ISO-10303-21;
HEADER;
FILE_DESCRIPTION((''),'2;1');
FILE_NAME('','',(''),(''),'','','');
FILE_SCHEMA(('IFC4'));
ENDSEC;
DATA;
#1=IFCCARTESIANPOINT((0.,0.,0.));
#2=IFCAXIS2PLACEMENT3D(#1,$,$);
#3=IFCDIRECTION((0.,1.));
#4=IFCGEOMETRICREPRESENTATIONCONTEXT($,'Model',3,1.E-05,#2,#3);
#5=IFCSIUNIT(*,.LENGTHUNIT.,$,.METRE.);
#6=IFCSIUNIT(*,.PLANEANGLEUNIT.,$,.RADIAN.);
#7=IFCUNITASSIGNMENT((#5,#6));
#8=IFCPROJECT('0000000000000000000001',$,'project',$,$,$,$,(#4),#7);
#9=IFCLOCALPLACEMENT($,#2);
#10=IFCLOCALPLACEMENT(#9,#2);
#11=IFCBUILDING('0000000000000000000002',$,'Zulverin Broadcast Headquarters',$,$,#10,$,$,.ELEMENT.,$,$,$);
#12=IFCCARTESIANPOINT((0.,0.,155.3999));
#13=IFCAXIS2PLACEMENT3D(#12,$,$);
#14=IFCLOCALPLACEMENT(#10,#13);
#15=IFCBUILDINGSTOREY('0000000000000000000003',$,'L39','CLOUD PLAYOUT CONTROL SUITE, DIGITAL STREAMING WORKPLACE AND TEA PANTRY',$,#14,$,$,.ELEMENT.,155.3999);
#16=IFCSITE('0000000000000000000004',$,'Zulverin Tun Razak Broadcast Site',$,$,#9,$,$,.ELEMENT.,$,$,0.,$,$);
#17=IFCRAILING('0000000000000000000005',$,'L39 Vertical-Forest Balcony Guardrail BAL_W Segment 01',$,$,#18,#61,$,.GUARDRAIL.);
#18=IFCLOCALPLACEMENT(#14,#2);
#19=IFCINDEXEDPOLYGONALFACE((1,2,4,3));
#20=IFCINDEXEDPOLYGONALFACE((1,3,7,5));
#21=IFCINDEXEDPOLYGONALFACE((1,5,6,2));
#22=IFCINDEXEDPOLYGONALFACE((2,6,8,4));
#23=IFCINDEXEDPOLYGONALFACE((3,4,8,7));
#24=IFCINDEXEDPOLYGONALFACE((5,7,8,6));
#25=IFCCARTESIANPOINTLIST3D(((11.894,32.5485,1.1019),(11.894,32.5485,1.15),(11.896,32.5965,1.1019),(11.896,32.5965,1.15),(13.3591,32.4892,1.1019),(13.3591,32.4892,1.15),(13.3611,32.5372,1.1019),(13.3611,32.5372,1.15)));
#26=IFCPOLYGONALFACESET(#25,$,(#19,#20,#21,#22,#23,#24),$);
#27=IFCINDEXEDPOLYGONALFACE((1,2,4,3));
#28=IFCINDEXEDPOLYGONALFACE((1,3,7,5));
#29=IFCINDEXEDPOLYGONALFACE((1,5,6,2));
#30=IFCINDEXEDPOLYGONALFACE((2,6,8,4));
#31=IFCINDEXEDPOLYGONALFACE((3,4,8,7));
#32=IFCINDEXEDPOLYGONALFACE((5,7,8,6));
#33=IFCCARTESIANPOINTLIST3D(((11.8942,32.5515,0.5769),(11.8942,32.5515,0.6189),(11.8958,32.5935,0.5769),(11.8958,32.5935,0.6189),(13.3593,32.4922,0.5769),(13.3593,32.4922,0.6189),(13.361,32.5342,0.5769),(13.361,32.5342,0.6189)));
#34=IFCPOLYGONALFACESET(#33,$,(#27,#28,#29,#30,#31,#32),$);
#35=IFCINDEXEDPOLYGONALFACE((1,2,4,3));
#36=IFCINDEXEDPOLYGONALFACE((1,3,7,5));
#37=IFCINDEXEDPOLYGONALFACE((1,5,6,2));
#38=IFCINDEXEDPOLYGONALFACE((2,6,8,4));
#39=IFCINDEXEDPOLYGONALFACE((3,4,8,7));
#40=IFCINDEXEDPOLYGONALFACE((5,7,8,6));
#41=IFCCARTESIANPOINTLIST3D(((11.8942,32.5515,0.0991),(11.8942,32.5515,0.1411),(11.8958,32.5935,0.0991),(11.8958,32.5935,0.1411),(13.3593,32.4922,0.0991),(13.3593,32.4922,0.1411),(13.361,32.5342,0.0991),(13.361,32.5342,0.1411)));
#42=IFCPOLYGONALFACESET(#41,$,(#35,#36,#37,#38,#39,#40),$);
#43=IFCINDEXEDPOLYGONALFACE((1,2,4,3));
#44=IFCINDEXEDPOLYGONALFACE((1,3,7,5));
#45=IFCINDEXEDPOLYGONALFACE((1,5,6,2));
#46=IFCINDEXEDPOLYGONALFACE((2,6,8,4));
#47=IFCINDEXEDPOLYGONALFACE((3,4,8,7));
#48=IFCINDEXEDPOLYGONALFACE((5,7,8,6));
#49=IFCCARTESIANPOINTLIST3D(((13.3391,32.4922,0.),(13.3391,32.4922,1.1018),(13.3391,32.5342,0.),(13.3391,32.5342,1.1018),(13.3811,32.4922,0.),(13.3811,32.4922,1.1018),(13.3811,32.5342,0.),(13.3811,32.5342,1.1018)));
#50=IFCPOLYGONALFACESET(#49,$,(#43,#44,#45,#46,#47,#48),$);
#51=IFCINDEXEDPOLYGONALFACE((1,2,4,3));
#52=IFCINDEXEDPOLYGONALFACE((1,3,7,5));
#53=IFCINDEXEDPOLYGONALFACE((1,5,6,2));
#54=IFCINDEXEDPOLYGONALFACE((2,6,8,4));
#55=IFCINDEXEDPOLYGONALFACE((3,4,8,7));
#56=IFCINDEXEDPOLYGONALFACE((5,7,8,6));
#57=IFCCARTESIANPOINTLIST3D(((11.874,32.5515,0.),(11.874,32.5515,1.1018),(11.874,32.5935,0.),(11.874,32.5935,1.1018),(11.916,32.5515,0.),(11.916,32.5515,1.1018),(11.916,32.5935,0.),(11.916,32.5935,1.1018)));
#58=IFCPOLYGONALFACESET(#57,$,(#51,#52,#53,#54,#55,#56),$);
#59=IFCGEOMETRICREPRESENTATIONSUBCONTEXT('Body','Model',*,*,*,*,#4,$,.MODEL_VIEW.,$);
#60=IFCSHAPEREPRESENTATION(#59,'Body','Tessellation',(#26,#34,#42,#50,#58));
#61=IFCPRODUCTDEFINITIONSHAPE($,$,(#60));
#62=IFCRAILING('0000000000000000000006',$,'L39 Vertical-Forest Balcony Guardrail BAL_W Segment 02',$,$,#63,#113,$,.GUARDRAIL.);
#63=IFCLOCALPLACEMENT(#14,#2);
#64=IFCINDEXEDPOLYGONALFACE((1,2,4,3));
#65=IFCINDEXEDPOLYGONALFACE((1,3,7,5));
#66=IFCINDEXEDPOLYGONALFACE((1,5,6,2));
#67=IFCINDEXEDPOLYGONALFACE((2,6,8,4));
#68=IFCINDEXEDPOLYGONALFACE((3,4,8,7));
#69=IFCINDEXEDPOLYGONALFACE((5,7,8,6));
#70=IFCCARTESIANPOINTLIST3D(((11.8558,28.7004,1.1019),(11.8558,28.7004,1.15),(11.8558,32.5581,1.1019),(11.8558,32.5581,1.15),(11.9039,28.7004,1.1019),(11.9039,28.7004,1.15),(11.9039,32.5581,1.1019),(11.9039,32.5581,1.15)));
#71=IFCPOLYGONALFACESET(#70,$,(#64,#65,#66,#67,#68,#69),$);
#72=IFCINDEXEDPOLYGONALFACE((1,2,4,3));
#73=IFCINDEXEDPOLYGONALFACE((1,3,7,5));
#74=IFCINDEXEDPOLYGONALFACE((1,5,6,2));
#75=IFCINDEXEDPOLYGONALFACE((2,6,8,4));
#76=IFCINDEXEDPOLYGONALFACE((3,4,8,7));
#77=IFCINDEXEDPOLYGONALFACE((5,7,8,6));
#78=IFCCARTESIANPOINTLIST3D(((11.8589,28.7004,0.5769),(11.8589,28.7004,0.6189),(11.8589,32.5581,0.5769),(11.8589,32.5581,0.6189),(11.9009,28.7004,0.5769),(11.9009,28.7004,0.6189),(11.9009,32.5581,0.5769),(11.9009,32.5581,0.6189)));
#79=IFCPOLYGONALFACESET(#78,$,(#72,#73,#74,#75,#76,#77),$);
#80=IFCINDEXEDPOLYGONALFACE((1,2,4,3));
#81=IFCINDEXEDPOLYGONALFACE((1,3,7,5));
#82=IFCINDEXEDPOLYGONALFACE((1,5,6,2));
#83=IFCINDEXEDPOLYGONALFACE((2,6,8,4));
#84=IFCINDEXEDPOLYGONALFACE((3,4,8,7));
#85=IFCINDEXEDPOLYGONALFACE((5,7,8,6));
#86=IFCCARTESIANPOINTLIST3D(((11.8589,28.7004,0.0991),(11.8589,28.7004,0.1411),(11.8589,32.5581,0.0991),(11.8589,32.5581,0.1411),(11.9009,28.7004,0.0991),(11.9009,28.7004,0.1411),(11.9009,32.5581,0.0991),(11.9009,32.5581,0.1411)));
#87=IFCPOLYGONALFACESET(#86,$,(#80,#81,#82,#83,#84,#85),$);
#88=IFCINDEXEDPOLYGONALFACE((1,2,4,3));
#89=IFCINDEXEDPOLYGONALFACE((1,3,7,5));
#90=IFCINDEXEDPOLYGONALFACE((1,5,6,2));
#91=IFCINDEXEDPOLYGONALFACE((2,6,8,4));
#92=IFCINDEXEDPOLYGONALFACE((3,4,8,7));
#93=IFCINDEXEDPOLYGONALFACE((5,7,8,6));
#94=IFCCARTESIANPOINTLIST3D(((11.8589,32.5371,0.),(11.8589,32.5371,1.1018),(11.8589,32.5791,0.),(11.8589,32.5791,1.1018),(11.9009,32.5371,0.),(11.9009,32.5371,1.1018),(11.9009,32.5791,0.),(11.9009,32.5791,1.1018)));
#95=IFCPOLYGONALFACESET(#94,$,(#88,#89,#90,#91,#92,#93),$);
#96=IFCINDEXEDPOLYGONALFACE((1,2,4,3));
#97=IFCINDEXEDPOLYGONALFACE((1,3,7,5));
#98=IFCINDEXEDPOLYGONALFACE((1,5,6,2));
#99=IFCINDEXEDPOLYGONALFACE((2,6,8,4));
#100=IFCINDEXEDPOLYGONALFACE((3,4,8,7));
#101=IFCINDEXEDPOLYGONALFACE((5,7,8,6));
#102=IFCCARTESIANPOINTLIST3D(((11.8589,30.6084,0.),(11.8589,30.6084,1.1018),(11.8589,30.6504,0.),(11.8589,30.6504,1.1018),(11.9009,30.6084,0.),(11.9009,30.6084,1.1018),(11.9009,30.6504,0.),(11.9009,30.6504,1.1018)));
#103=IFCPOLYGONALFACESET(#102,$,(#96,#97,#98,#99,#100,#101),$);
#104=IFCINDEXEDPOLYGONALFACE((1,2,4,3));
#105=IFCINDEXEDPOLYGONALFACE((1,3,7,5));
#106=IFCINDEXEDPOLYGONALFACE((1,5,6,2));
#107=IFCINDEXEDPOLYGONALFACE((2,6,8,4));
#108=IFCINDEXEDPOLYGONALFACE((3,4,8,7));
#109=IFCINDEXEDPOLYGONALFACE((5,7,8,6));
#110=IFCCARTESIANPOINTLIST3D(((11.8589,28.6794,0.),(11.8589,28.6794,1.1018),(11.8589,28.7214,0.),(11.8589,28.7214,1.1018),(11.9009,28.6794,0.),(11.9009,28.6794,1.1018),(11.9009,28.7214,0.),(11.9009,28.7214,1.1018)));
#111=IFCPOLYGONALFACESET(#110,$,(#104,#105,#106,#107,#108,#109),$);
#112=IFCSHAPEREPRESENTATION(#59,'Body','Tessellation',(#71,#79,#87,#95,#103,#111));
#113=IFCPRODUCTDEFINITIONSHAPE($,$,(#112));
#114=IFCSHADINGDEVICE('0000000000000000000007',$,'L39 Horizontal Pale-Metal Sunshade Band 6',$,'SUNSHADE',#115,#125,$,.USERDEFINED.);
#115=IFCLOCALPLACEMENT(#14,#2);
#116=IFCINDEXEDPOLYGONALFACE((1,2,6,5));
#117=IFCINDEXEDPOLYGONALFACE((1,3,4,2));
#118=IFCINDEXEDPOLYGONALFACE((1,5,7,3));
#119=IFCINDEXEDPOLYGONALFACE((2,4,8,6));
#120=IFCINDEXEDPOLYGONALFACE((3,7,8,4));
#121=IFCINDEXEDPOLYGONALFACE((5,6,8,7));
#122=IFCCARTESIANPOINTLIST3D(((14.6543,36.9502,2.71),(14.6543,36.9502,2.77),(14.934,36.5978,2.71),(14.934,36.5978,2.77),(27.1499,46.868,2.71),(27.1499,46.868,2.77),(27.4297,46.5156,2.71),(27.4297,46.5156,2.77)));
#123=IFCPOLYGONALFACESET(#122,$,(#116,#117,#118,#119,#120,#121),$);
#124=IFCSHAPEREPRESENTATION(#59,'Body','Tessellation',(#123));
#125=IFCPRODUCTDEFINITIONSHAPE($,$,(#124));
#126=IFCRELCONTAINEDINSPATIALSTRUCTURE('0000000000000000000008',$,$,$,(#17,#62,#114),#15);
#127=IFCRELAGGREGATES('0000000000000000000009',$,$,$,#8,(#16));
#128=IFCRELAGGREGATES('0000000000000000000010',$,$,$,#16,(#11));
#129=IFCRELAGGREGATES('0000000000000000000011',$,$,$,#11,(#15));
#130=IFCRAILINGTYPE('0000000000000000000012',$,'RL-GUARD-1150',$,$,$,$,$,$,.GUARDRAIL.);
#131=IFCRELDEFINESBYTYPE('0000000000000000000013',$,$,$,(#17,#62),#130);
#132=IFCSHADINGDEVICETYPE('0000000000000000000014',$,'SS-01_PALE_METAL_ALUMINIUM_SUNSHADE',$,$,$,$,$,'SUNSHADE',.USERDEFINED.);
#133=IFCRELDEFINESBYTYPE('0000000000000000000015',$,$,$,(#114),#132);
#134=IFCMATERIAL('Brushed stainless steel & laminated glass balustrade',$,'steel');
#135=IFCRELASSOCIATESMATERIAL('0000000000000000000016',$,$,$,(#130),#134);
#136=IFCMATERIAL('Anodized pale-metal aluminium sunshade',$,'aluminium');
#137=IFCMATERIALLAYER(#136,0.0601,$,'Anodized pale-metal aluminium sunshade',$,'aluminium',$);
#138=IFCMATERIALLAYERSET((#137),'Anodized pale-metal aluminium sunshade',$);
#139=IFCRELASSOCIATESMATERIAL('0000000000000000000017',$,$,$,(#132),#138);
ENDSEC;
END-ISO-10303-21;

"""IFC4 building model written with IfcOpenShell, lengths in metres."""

from ifc_helpers import new_model, si_unit, direction, frame, origin, origin_2d, place, context, subcontext, project, spatial, rectangle, extrude, material, layer, layer_set, type_object, element, save


model = new_model("IFC4")

# Units and contexts
model_context = context("Model", 3, precision=1e-05, world=origin(), true_north=direction((0.0, 1.0)))
body_context = subcontext(model_context, "Body", "Model", "MODEL_VIEW")
ifc_project = project(units=[si_unit("LENGTHUNIT", "METRE"), si_unit("PLANEANGLEUNIT", "RADIAN")], contexts=[model_context])

# Site, building, storey
site_placement = place(None, origin())
site = spatial("IfcSite", under=ifc_project, at=site_placement, Name="Zulverin Tun Razak Broadcast Site", CompositionType="ELEMENT", RefElevation=0.0)
building_placement = place(site_placement, origin())
building = spatial("IfcBuilding", under=site, at=building_placement, Name="Zulverin Broadcast Headquarters", CompositionType="ELEMENT")
storey_placement = place(building_placement, frame((0.0, 0.0, 155.3999)))
storey = spatial("IfcBuildingStorey", under=building, at=storey_placement, Name="L39", Description="CLOUD PLAYOUT CONTROL SUITE, DIGITAL STREAMING WORKPLACE AND TEA PANTRY", CompositionType="ELEMENT", Elevation=155.3999)

# Railings
ifc_material_1 = material(Name="Brushed stainless steel & laminated glass balustrade", Category="steel")
railing_type = type_object("IfcRailingType", Name="RL-GUARD-1150", PredefinedType="GUARDRAIL", material=ifc_material_1)
railing_1_placement = place(storey_placement, frame((13.3601, 32.5132, 0.0)))
element("IfcRailing", 1, at=railing_1_placement, inside=storey, type_object=railing_type, Name="L39 Vertical-Forest Balcony Guardrail BAL_W Segment 01", PredefinedType="GUARDRAIL", context=body_context, shape_type="SweptSolid", body=[
    extrude(rectangle(XDim=0.0481, YDim=0.0481, at=origin_2d()), frame((0.0, 0.0, 1.126), z_axis=(-0.999181, 0.04046, 0.0), x_axis=(-0.04046, -0.999181, 0.0)), (0.0, 0.0, 1.0), 1.4663),
    extrude(rectangle(XDim=0.042, YDim=0.042, at=origin_2d()), frame((0.0, 0.0, 0.5979), z_axis=(-0.999181, 0.04046, 0.0), x_axis=(-0.04046, -0.999181, 0.0)), (0.0, 0.0, 1.0), 1.4663),
    extrude(rectangle(XDim=0.042, YDim=0.042, at=origin_2d()), frame((0.0, 0.0, 0.1201), z_axis=(-0.999181, 0.04046, 0.0), x_axis=(-0.04046, -0.999181, 0.0)), (0.0, 0.0, 1.0), 1.4663),
    extrude(rectangle(XDim=0.042, YDim=0.042, at=origin_2d()), origin(), (0.0, 0.0, 1.0), 1.1018),
    extrude(rectangle(XDim=0.042, YDim=0.042, at=origin_2d()), frame((-1.4651, 0.0593, 0.0)), (0.0, 0.0, 1.0), 1.1018),
])
railing_2_placement = place(storey_placement, frame((11.8799, 32.5581, 0.0)))
element("IfcRailing", 2, at=railing_2_placement, inside=storey, type_object=railing_type, Name="L39 Vertical-Forest Balcony Guardrail BAL_W Segment 02", PredefinedType="GUARDRAIL", context=body_context, shape_type="SweptSolid", body=[
    extrude(rectangle(XDim=0.0481, YDim=0.0481, at=origin_2d()), frame((0.0, 0.0, 1.126), z_axis=(0.0, -1.0, 0.0), x_axis=(1.0, 0.0, 0.0)), (0.0, 0.0, 1.0), 3.8577),
    extrude(rectangle(XDim=0.042, YDim=0.042, at=origin_2d()), frame((0.0, 0.0, 0.5979), z_axis=(0.0, -1.0, 0.0), x_axis=(1.0, 0.0, 0.0)), (0.0, 0.0, 1.0), 3.8577),
    extrude(rectangle(XDim=0.042, YDim=0.042, at=origin_2d()), frame((0.0, 0.0, 0.1201), z_axis=(0.0, -1.0, 0.0), x_axis=(1.0, 0.0, 0.0)), (0.0, 0.0, 1.0), 3.8577),
    extrude(rectangle(XDim=0.042, YDim=0.042, at=origin_2d()), origin(), (0.0, 0.0, 1.0), 1.1018),
    extrude(rectangle(XDim=0.042, YDim=0.042, at=origin_2d()), frame((0.0, -1.9287, 0.0)), (0.0, 0.0, 1.0), 1.1018),
    extrude(rectangle(XDim=0.042, YDim=0.042, at=origin_2d()), frame((0.0, -3.8577, 0.0)), (0.0, 0.0, 1.0), 1.1018),
])

# Shading device
ifc_material_2 = material(Name="Anodized pale-metal aluminium sunshade", Category="aluminium")
ifc_layer_1 = layer(ifc_material_2, 0.0601, Name="Anodized pale-metal aluminium sunshade", Category="aluminium")
ifc_layer_set_1 = layer_set([ifc_layer_1], Name="Anodized pale-metal aluminium sunshade")
shading_device_type = type_object("IfcShadingDeviceType", Name="SS-01_PALE_METAL_ALUMINIUM_SUNSHADE", ElementType="SUNSHADE", PredefinedType="USERDEFINED", material=ifc_layer_set_1)
shading_device_placement = place(storey_placement, frame((21.042, 41.7329, 2.71), z_axis=(0.0, 0.0, 1.0), x_axis=(-0.78327, -0.621681, 0.0)))
element("IfcShadingDevice", 3, at=shading_device_placement, inside=storey, type_object=shading_device_type, Name="L39 Horizontal Pale-Metal Sunshade Band 6", ObjectType="SUNSHADE", PredefinedType="USERDEFINED", context=body_context, shape_type="SweptSolid", body=[
    extrude(rectangle(XDim=15.9531, YDim=0.45, at=origin_2d()), origin(), (0.0, 0.0, 1.0), 0.0601),
])

save(model, "model.ifc")
